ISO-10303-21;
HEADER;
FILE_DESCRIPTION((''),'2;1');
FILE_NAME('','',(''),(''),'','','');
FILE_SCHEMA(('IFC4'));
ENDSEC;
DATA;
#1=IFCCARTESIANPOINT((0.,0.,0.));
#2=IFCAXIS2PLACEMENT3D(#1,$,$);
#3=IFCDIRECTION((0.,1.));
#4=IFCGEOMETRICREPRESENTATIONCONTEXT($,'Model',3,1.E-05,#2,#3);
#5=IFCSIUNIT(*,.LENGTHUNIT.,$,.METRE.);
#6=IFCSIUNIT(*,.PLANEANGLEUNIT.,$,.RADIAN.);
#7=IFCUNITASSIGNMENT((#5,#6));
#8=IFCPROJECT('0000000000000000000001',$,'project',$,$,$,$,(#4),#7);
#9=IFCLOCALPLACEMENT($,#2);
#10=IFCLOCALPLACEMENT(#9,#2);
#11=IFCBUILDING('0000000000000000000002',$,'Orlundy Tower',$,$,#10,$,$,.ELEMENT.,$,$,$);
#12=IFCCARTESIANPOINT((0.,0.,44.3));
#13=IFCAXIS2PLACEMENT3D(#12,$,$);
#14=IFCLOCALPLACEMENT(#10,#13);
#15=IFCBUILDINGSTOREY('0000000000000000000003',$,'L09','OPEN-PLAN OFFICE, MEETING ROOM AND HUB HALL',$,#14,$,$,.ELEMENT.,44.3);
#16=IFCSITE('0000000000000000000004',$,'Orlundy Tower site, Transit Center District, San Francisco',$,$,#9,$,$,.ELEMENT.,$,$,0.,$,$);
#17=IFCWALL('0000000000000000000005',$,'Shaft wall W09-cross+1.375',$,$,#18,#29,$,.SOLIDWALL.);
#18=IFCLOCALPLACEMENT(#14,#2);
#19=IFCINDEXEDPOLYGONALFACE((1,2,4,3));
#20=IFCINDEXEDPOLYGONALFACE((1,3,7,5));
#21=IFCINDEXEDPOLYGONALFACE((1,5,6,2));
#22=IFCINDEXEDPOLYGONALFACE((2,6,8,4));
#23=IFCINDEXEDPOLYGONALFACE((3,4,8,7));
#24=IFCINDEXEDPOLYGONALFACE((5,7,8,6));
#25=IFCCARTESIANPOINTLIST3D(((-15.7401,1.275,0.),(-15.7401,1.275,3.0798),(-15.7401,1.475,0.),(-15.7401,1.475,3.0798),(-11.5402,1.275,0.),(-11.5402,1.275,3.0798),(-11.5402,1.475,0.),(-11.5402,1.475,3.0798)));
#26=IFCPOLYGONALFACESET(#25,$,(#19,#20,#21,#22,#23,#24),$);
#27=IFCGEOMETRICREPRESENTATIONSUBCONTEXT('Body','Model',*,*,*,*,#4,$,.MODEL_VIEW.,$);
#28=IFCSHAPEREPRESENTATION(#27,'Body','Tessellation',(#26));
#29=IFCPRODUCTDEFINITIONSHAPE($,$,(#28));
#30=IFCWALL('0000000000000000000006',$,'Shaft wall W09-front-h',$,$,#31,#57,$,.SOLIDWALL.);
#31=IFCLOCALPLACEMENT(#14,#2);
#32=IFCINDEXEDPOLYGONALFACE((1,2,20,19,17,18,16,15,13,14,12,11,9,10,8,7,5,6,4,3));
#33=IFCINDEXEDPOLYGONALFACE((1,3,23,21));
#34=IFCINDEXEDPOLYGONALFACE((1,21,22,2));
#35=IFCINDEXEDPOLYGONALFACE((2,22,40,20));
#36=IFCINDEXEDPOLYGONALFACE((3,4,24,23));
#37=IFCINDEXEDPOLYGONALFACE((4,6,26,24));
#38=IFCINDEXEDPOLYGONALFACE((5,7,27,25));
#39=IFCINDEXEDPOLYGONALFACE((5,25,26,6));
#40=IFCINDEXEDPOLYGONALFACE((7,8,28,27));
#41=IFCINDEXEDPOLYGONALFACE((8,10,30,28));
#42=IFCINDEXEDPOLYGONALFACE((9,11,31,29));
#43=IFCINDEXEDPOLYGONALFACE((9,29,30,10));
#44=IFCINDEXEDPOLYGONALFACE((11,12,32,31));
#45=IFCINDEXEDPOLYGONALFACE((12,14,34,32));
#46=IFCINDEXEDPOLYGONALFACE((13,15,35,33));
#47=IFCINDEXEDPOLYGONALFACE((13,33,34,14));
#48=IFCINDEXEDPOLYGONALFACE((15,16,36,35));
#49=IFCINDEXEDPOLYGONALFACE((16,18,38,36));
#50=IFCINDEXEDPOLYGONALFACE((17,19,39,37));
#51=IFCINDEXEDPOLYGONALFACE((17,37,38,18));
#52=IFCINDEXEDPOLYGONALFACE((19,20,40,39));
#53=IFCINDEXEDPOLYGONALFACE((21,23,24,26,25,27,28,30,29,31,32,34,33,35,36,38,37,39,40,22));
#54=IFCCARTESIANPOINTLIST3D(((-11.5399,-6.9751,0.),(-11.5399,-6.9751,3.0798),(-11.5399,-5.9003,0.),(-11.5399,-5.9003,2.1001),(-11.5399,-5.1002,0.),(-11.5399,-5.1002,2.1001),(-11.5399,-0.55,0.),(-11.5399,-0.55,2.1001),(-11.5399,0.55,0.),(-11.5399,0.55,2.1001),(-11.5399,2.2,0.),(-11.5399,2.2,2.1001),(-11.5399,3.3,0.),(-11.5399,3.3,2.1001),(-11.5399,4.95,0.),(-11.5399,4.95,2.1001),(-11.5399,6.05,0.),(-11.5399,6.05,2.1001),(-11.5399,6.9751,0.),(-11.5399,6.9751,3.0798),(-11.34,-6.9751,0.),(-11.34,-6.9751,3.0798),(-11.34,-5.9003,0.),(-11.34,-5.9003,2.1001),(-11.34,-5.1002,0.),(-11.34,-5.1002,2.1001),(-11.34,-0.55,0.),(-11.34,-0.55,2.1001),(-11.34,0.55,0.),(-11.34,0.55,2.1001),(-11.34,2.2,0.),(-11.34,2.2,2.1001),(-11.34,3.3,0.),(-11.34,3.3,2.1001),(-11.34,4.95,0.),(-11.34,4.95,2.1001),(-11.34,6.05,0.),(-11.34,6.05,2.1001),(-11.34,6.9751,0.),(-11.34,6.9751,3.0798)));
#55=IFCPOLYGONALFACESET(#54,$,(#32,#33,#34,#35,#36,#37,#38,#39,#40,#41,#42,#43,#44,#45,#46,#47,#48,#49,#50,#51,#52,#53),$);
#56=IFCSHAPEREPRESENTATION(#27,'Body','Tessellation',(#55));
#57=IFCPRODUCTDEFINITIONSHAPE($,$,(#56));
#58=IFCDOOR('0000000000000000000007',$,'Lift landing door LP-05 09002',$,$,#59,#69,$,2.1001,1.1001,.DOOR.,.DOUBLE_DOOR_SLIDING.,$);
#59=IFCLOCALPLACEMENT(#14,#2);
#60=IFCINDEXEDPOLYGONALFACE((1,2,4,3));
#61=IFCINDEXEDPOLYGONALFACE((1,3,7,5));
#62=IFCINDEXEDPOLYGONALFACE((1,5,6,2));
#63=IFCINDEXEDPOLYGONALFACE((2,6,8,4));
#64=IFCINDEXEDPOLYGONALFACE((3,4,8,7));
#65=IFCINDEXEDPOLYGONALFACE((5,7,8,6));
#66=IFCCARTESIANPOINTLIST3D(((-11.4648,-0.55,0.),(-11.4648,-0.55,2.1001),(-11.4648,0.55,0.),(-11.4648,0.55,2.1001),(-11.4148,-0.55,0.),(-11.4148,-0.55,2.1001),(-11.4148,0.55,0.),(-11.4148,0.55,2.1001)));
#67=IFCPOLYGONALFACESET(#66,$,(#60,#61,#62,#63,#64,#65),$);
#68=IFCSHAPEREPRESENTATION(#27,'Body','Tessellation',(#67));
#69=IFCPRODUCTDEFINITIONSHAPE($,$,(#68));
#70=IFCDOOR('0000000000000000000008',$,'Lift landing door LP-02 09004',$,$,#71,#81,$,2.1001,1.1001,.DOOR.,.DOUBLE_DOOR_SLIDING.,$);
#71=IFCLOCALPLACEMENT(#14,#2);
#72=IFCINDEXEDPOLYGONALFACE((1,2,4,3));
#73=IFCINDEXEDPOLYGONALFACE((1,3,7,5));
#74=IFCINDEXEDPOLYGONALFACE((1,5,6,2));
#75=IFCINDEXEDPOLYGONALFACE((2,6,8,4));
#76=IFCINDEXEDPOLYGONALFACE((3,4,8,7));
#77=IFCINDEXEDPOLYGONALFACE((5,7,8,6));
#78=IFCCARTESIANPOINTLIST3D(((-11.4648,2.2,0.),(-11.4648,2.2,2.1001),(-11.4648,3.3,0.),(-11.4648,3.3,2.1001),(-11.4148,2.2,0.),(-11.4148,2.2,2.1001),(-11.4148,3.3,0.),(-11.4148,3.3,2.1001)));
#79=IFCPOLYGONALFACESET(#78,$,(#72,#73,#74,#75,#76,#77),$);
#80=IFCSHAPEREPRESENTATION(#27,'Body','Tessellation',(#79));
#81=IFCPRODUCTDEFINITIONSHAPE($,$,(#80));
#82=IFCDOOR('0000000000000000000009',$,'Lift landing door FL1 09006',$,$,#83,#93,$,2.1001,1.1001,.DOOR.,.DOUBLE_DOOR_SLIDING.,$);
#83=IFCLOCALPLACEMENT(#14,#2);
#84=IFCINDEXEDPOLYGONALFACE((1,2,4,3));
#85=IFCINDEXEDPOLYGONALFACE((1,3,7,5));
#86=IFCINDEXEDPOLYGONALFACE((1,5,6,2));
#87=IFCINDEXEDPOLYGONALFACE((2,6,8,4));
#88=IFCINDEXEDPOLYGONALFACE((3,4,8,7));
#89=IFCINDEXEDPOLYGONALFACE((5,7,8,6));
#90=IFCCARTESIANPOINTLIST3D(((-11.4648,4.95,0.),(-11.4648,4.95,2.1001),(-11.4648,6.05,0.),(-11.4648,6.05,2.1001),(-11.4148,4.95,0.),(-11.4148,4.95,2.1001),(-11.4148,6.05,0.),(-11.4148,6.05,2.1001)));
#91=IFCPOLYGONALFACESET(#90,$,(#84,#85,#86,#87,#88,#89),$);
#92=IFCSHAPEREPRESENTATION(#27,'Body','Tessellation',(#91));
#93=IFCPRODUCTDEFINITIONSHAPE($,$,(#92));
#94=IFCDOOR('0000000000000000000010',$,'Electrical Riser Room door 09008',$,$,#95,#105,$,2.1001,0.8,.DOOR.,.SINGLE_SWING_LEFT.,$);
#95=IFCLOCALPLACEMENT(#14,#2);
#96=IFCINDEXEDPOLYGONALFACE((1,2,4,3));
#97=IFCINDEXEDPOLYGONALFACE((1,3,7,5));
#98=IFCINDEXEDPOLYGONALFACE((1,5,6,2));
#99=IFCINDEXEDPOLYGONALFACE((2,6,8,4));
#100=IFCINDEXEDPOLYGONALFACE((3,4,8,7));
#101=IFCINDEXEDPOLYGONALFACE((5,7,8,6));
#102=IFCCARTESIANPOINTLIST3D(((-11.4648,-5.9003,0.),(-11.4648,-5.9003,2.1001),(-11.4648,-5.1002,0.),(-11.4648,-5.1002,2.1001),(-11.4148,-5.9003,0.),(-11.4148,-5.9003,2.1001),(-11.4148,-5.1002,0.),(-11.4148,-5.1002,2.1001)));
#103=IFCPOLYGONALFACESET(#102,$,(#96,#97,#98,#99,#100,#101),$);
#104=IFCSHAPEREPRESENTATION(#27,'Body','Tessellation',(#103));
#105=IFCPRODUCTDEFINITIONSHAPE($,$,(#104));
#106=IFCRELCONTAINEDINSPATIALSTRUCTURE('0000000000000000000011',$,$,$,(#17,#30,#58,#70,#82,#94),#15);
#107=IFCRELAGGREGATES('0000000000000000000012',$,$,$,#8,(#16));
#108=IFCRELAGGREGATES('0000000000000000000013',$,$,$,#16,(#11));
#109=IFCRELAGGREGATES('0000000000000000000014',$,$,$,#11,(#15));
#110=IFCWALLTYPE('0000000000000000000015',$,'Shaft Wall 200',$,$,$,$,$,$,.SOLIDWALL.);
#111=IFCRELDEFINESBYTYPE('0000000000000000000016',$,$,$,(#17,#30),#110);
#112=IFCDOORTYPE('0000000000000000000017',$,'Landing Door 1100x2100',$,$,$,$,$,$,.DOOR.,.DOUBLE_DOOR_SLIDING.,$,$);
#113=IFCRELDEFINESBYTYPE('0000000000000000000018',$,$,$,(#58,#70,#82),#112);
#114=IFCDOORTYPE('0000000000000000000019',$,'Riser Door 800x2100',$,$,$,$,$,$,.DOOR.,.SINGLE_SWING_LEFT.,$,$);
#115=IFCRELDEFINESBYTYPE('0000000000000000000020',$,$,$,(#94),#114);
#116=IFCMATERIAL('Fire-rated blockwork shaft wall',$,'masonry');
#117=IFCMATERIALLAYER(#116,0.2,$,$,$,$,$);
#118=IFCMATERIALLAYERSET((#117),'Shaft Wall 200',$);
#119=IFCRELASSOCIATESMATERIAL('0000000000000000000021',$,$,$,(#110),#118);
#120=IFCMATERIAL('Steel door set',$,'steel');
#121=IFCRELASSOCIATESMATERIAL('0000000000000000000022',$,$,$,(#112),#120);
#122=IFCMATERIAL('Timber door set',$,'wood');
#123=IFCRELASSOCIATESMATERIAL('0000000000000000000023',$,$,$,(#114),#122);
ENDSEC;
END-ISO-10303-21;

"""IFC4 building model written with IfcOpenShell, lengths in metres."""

from ifc_helpers import new_model, si_unit, direction, frame, frame_2d, origin, place, context, subcontext, project, spatial, rectangle, extrude, material, layer, layer_set, type_object, element, fill, save


model = new_model("IFC4")

# Units and contexts
model_context = context("Model", 3, precision=1e-05, world=origin(), true_north=direction((0.0, 1.0)))
body_context = subcontext(model_context, "Body", "Model", "MODEL_VIEW")
ifc_project = project(units=[si_unit("LENGTHUNIT", "METRE"), si_unit("PLANEANGLEUNIT", "RADIAN")], contexts=[model_context])

# Site, building, storey
site_placement = place(None, origin())
site = spatial("IfcSite", under=ifc_project, at=site_placement, Name="Orlundy Tower site, Transit Center District, San Francisco", CompositionType="ELEMENT", RefElevation=0.0)
building_placement = place(site_placement, origin())
building = spatial("IfcBuilding", under=site, at=building_placement, Name="Orlundy Tower", CompositionType="ELEMENT")
storey_placement = place(building_placement, frame((0.0, 0.0, 44.3)))
storey = spatial("IfcBuildingStorey", under=building, at=storey_placement, Name="L09", Description="OPEN-PLAN OFFICE, MEETING ROOM AND HUB HALL", CompositionType="ELEMENT", Elevation=44.3)

# Wall
ifc_material_1 = material(Name="Fire-rated blockwork shaft wall", Category="masonry")
ifc_layer_1 = layer(ifc_material_1, 0.2)
ifc_layer_set_1 = layer_set([ifc_layer_1], Name="Shaft Wall 200")
wall_type_1 = type_object("IfcWallType", Name="Shaft Wall 200", PredefinedType="SOLIDWALL", material=ifc_layer_set_1)
wall_1_placement = place(storey_placement, frame((-11.54, 1.375, 0.0), z_axis=(0.0, 0.0, 1.0), x_axis=(-1.0, 0.0, 0.0)))
element("IfcWall", 1, at=wall_1_placement, inside=storey, type_object=wall_type_1, Name="Shaft wall W09-cross+1.375", PredefinedType="SOLIDWALL", context=body_context, shape_type="SweptSolid", body=[
    extrude(rectangle(XDim=4.2, YDim=0.2, at=frame_2d((2.1001, 0.0))), origin(), (0.0, 0.0, 1.0), 3.0798),
])

# Wall, openings, doors
wall_2_placement = place(storey_placement, frame((-11.4399, -6.9751, 0.0), z_axis=(0.0, 0.0, 1.0), x_axis=(0.0, 1.0, 0.0)))
wall_2 = element("IfcWall", 2, at=wall_2_placement, inside=storey, type_object=wall_type_1, Name="Shaft wall W09-front-h", PredefinedType="SOLIDWALL", context=body_context, shape_type="SweptSolid", body=[
    extrude(rectangle(XDim=13.9502, YDim=0.2, at=frame_2d((6.9751, 0.0))), origin(), (0.0, 0.0, 1.0), 3.0798),
])
opening_1_placement = place(wall_2_placement, frame((6.425, 0.0, 0.0)))
opening_1 = element("IfcOpeningElement", 3, at=opening_1_placement, cuts=wall_2, PredefinedType="OPENING", context=body_context, shape_type="SweptSolid", body=[
    extrude(rectangle(XDim=1.1001, YDim=2.1001, at=frame_2d((0.55, 1.05))), frame((0.0, 0.1101, 0.0), z_axis=(0.0, -1.0, 0.0), x_axis=(1.0, 0.0, 0.0)), (0.0, 0.0, 1.0), 0.2202),
])
opening_2_placement = place(wall_2_placement, frame((9.175, 0.0, 0.0)))
opening_2 = element("IfcOpeningElement", 4, at=opening_2_placement, cuts=wall_2, PredefinedType="OPENING", context=body_context, shape_type="SweptSolid", body=[
    extrude(rectangle(XDim=1.1001, YDim=2.1001, at=frame_2d((0.55, 1.05))), frame((0.0, 0.1101, 0.0), z_axis=(0.0, -1.0, 0.0), x_axis=(1.0, 0.0, 0.0)), (0.0, 0.0, 1.0), 0.2202),
])
opening_3_placement = place(wall_2_placement, frame((11.925, 0.0, 0.0)))
opening_3 = element("IfcOpeningElement", 5, at=opening_3_placement, cuts=wall_2, PredefinedType="OPENING", context=body_context, shape_type="SweptSolid", body=[
    extrude(rectangle(XDim=1.1001, YDim=2.1001, at=frame_2d((0.55, 1.05))), frame((0.0, 0.1101, 0.0), z_axis=(0.0, -1.0, 0.0), x_axis=(1.0, 0.0, 0.0)), (0.0, 0.0, 1.0), 0.2202),
])
opening_4_placement = place(wall_2_placement, frame((1.075, 0.0, 0.0)))
opening_4 = element("IfcOpeningElement", 6, at=opening_4_placement, cuts=wall_2, PredefinedType="OPENING", context=body_context, shape_type="SweptSolid", body=[
    extrude(rectangle(XDim=0.8, YDim=2.1001, at=frame_2d((0.3999, 1.05))), frame((0.0, 0.1101, 0.0), z_axis=(0.0, -1.0, 0.0), x_axis=(1.0, 0.0, 0.0)), (0.0, 0.0, 1.0), 0.2202),
])
ifc_material_2 = material(Name="Steel door set", Category="steel")
door_type_1 = type_object("IfcDoorType", Name="Landing Door 1100x2100", OperationType="DOUBLE_DOOR_SLIDING", PredefinedType="DOOR", material=ifc_material_2)
door_1_placement = place(opening_1_placement, origin())
door_1 = element("IfcDoor", 7, at=door_1_placement, inside=storey, type_object=door_type_1, Name="Lift landing door LP-05 09002", OperationType="DOUBLE_DOOR_SLIDING", OverallHeight=2.1001, OverallWidth=1.1001, PredefinedType="DOOR", context=body_context, shape_type="SweptSolid", body=[
    extrude(rectangle(XDim=1.1001, YDim=2.1001, at=frame_2d((0.55, 1.05))), frame((0.0, 0.0249, 0.0), z_axis=(0.0, -1.0, 0.0), x_axis=(1.0, 0.0, 0.0)), (0.0, 0.0, 1.0), 0.05),
])
fill(opening_1, door_1)
door_2_placement = place(opening_2_placement, origin())
door_2 = element("IfcDoor", 8, at=door_2_placement, inside=storey, type_object=door_type_1, Name="Lift landing door LP-02 09004", OperationType="DOUBLE_DOOR_SLIDING", OverallHeight=2.1001, OverallWidth=1.1001, PredefinedType="DOOR", context=body_context, shape_type="SweptSolid", body=[
    extrude(rectangle(XDim=1.1001, YDim=2.1001, at=frame_2d((0.55, 1.05))), frame((0.0, 0.0249, 0.0), z_axis=(0.0, -1.0, 0.0), x_axis=(1.0, 0.0, 0.0)), (0.0, 0.0, 1.0), 0.05),
])
fill(opening_2, door_2)
door_3_placement = place(opening_3_placement, origin())
door_3 = element("IfcDoor", 9, at=door_3_placement, inside=storey, type_object=door_type_1, Name="Lift landing door FL1 09006", OperationType="DOUBLE_DOOR_SLIDING", OverallHeight=2.1001, OverallWidth=1.1001, PredefinedType="DOOR", context=body_context, shape_type="SweptSolid", body=[
    extrude(rectangle(XDim=1.1001, YDim=2.1001, at=frame_2d((0.55, 1.05))), frame((0.0, 0.0249, 0.0), z_axis=(0.0, -1.0, 0.0), x_axis=(1.0, 0.0, 0.0)), (0.0, 0.0, 1.0), 0.05),
])
fill(opening_3, door_3)
ifc_material_3 = material(Name="Timber door set", Category="wood")
door_type_2 = type_object("IfcDoorType", Name="Riser Door 800x2100", OperationType="SINGLE_SWING_LEFT", PredefinedType="DOOR", material=ifc_material_3)
door_4_placement = place(opening_4_placement, origin())
door_4 = element("IfcDoor", 10, at=door_4_placement, inside=storey, type_object=door_type_2, Name="Electrical Riser Room door 09008", OperationType="SINGLE_SWING_LEFT", OverallHeight=2.1001, OverallWidth=0.8, PredefinedType="DOOR", context=body_context, shape_type="SweptSolid", body=[
    extrude(rectangle(XDim=0.8, YDim=2.1001, at=frame_2d((0.3999, 1.05))), frame((0.0, 0.0249, 0.0), z_axis=(0.0, -1.0, 0.0), x_axis=(1.0, 0.0, 0.0)), (0.0, 0.0, 1.0), 0.05),
])
fill(opening_4, door_4)

save(model, "model.ifc")
